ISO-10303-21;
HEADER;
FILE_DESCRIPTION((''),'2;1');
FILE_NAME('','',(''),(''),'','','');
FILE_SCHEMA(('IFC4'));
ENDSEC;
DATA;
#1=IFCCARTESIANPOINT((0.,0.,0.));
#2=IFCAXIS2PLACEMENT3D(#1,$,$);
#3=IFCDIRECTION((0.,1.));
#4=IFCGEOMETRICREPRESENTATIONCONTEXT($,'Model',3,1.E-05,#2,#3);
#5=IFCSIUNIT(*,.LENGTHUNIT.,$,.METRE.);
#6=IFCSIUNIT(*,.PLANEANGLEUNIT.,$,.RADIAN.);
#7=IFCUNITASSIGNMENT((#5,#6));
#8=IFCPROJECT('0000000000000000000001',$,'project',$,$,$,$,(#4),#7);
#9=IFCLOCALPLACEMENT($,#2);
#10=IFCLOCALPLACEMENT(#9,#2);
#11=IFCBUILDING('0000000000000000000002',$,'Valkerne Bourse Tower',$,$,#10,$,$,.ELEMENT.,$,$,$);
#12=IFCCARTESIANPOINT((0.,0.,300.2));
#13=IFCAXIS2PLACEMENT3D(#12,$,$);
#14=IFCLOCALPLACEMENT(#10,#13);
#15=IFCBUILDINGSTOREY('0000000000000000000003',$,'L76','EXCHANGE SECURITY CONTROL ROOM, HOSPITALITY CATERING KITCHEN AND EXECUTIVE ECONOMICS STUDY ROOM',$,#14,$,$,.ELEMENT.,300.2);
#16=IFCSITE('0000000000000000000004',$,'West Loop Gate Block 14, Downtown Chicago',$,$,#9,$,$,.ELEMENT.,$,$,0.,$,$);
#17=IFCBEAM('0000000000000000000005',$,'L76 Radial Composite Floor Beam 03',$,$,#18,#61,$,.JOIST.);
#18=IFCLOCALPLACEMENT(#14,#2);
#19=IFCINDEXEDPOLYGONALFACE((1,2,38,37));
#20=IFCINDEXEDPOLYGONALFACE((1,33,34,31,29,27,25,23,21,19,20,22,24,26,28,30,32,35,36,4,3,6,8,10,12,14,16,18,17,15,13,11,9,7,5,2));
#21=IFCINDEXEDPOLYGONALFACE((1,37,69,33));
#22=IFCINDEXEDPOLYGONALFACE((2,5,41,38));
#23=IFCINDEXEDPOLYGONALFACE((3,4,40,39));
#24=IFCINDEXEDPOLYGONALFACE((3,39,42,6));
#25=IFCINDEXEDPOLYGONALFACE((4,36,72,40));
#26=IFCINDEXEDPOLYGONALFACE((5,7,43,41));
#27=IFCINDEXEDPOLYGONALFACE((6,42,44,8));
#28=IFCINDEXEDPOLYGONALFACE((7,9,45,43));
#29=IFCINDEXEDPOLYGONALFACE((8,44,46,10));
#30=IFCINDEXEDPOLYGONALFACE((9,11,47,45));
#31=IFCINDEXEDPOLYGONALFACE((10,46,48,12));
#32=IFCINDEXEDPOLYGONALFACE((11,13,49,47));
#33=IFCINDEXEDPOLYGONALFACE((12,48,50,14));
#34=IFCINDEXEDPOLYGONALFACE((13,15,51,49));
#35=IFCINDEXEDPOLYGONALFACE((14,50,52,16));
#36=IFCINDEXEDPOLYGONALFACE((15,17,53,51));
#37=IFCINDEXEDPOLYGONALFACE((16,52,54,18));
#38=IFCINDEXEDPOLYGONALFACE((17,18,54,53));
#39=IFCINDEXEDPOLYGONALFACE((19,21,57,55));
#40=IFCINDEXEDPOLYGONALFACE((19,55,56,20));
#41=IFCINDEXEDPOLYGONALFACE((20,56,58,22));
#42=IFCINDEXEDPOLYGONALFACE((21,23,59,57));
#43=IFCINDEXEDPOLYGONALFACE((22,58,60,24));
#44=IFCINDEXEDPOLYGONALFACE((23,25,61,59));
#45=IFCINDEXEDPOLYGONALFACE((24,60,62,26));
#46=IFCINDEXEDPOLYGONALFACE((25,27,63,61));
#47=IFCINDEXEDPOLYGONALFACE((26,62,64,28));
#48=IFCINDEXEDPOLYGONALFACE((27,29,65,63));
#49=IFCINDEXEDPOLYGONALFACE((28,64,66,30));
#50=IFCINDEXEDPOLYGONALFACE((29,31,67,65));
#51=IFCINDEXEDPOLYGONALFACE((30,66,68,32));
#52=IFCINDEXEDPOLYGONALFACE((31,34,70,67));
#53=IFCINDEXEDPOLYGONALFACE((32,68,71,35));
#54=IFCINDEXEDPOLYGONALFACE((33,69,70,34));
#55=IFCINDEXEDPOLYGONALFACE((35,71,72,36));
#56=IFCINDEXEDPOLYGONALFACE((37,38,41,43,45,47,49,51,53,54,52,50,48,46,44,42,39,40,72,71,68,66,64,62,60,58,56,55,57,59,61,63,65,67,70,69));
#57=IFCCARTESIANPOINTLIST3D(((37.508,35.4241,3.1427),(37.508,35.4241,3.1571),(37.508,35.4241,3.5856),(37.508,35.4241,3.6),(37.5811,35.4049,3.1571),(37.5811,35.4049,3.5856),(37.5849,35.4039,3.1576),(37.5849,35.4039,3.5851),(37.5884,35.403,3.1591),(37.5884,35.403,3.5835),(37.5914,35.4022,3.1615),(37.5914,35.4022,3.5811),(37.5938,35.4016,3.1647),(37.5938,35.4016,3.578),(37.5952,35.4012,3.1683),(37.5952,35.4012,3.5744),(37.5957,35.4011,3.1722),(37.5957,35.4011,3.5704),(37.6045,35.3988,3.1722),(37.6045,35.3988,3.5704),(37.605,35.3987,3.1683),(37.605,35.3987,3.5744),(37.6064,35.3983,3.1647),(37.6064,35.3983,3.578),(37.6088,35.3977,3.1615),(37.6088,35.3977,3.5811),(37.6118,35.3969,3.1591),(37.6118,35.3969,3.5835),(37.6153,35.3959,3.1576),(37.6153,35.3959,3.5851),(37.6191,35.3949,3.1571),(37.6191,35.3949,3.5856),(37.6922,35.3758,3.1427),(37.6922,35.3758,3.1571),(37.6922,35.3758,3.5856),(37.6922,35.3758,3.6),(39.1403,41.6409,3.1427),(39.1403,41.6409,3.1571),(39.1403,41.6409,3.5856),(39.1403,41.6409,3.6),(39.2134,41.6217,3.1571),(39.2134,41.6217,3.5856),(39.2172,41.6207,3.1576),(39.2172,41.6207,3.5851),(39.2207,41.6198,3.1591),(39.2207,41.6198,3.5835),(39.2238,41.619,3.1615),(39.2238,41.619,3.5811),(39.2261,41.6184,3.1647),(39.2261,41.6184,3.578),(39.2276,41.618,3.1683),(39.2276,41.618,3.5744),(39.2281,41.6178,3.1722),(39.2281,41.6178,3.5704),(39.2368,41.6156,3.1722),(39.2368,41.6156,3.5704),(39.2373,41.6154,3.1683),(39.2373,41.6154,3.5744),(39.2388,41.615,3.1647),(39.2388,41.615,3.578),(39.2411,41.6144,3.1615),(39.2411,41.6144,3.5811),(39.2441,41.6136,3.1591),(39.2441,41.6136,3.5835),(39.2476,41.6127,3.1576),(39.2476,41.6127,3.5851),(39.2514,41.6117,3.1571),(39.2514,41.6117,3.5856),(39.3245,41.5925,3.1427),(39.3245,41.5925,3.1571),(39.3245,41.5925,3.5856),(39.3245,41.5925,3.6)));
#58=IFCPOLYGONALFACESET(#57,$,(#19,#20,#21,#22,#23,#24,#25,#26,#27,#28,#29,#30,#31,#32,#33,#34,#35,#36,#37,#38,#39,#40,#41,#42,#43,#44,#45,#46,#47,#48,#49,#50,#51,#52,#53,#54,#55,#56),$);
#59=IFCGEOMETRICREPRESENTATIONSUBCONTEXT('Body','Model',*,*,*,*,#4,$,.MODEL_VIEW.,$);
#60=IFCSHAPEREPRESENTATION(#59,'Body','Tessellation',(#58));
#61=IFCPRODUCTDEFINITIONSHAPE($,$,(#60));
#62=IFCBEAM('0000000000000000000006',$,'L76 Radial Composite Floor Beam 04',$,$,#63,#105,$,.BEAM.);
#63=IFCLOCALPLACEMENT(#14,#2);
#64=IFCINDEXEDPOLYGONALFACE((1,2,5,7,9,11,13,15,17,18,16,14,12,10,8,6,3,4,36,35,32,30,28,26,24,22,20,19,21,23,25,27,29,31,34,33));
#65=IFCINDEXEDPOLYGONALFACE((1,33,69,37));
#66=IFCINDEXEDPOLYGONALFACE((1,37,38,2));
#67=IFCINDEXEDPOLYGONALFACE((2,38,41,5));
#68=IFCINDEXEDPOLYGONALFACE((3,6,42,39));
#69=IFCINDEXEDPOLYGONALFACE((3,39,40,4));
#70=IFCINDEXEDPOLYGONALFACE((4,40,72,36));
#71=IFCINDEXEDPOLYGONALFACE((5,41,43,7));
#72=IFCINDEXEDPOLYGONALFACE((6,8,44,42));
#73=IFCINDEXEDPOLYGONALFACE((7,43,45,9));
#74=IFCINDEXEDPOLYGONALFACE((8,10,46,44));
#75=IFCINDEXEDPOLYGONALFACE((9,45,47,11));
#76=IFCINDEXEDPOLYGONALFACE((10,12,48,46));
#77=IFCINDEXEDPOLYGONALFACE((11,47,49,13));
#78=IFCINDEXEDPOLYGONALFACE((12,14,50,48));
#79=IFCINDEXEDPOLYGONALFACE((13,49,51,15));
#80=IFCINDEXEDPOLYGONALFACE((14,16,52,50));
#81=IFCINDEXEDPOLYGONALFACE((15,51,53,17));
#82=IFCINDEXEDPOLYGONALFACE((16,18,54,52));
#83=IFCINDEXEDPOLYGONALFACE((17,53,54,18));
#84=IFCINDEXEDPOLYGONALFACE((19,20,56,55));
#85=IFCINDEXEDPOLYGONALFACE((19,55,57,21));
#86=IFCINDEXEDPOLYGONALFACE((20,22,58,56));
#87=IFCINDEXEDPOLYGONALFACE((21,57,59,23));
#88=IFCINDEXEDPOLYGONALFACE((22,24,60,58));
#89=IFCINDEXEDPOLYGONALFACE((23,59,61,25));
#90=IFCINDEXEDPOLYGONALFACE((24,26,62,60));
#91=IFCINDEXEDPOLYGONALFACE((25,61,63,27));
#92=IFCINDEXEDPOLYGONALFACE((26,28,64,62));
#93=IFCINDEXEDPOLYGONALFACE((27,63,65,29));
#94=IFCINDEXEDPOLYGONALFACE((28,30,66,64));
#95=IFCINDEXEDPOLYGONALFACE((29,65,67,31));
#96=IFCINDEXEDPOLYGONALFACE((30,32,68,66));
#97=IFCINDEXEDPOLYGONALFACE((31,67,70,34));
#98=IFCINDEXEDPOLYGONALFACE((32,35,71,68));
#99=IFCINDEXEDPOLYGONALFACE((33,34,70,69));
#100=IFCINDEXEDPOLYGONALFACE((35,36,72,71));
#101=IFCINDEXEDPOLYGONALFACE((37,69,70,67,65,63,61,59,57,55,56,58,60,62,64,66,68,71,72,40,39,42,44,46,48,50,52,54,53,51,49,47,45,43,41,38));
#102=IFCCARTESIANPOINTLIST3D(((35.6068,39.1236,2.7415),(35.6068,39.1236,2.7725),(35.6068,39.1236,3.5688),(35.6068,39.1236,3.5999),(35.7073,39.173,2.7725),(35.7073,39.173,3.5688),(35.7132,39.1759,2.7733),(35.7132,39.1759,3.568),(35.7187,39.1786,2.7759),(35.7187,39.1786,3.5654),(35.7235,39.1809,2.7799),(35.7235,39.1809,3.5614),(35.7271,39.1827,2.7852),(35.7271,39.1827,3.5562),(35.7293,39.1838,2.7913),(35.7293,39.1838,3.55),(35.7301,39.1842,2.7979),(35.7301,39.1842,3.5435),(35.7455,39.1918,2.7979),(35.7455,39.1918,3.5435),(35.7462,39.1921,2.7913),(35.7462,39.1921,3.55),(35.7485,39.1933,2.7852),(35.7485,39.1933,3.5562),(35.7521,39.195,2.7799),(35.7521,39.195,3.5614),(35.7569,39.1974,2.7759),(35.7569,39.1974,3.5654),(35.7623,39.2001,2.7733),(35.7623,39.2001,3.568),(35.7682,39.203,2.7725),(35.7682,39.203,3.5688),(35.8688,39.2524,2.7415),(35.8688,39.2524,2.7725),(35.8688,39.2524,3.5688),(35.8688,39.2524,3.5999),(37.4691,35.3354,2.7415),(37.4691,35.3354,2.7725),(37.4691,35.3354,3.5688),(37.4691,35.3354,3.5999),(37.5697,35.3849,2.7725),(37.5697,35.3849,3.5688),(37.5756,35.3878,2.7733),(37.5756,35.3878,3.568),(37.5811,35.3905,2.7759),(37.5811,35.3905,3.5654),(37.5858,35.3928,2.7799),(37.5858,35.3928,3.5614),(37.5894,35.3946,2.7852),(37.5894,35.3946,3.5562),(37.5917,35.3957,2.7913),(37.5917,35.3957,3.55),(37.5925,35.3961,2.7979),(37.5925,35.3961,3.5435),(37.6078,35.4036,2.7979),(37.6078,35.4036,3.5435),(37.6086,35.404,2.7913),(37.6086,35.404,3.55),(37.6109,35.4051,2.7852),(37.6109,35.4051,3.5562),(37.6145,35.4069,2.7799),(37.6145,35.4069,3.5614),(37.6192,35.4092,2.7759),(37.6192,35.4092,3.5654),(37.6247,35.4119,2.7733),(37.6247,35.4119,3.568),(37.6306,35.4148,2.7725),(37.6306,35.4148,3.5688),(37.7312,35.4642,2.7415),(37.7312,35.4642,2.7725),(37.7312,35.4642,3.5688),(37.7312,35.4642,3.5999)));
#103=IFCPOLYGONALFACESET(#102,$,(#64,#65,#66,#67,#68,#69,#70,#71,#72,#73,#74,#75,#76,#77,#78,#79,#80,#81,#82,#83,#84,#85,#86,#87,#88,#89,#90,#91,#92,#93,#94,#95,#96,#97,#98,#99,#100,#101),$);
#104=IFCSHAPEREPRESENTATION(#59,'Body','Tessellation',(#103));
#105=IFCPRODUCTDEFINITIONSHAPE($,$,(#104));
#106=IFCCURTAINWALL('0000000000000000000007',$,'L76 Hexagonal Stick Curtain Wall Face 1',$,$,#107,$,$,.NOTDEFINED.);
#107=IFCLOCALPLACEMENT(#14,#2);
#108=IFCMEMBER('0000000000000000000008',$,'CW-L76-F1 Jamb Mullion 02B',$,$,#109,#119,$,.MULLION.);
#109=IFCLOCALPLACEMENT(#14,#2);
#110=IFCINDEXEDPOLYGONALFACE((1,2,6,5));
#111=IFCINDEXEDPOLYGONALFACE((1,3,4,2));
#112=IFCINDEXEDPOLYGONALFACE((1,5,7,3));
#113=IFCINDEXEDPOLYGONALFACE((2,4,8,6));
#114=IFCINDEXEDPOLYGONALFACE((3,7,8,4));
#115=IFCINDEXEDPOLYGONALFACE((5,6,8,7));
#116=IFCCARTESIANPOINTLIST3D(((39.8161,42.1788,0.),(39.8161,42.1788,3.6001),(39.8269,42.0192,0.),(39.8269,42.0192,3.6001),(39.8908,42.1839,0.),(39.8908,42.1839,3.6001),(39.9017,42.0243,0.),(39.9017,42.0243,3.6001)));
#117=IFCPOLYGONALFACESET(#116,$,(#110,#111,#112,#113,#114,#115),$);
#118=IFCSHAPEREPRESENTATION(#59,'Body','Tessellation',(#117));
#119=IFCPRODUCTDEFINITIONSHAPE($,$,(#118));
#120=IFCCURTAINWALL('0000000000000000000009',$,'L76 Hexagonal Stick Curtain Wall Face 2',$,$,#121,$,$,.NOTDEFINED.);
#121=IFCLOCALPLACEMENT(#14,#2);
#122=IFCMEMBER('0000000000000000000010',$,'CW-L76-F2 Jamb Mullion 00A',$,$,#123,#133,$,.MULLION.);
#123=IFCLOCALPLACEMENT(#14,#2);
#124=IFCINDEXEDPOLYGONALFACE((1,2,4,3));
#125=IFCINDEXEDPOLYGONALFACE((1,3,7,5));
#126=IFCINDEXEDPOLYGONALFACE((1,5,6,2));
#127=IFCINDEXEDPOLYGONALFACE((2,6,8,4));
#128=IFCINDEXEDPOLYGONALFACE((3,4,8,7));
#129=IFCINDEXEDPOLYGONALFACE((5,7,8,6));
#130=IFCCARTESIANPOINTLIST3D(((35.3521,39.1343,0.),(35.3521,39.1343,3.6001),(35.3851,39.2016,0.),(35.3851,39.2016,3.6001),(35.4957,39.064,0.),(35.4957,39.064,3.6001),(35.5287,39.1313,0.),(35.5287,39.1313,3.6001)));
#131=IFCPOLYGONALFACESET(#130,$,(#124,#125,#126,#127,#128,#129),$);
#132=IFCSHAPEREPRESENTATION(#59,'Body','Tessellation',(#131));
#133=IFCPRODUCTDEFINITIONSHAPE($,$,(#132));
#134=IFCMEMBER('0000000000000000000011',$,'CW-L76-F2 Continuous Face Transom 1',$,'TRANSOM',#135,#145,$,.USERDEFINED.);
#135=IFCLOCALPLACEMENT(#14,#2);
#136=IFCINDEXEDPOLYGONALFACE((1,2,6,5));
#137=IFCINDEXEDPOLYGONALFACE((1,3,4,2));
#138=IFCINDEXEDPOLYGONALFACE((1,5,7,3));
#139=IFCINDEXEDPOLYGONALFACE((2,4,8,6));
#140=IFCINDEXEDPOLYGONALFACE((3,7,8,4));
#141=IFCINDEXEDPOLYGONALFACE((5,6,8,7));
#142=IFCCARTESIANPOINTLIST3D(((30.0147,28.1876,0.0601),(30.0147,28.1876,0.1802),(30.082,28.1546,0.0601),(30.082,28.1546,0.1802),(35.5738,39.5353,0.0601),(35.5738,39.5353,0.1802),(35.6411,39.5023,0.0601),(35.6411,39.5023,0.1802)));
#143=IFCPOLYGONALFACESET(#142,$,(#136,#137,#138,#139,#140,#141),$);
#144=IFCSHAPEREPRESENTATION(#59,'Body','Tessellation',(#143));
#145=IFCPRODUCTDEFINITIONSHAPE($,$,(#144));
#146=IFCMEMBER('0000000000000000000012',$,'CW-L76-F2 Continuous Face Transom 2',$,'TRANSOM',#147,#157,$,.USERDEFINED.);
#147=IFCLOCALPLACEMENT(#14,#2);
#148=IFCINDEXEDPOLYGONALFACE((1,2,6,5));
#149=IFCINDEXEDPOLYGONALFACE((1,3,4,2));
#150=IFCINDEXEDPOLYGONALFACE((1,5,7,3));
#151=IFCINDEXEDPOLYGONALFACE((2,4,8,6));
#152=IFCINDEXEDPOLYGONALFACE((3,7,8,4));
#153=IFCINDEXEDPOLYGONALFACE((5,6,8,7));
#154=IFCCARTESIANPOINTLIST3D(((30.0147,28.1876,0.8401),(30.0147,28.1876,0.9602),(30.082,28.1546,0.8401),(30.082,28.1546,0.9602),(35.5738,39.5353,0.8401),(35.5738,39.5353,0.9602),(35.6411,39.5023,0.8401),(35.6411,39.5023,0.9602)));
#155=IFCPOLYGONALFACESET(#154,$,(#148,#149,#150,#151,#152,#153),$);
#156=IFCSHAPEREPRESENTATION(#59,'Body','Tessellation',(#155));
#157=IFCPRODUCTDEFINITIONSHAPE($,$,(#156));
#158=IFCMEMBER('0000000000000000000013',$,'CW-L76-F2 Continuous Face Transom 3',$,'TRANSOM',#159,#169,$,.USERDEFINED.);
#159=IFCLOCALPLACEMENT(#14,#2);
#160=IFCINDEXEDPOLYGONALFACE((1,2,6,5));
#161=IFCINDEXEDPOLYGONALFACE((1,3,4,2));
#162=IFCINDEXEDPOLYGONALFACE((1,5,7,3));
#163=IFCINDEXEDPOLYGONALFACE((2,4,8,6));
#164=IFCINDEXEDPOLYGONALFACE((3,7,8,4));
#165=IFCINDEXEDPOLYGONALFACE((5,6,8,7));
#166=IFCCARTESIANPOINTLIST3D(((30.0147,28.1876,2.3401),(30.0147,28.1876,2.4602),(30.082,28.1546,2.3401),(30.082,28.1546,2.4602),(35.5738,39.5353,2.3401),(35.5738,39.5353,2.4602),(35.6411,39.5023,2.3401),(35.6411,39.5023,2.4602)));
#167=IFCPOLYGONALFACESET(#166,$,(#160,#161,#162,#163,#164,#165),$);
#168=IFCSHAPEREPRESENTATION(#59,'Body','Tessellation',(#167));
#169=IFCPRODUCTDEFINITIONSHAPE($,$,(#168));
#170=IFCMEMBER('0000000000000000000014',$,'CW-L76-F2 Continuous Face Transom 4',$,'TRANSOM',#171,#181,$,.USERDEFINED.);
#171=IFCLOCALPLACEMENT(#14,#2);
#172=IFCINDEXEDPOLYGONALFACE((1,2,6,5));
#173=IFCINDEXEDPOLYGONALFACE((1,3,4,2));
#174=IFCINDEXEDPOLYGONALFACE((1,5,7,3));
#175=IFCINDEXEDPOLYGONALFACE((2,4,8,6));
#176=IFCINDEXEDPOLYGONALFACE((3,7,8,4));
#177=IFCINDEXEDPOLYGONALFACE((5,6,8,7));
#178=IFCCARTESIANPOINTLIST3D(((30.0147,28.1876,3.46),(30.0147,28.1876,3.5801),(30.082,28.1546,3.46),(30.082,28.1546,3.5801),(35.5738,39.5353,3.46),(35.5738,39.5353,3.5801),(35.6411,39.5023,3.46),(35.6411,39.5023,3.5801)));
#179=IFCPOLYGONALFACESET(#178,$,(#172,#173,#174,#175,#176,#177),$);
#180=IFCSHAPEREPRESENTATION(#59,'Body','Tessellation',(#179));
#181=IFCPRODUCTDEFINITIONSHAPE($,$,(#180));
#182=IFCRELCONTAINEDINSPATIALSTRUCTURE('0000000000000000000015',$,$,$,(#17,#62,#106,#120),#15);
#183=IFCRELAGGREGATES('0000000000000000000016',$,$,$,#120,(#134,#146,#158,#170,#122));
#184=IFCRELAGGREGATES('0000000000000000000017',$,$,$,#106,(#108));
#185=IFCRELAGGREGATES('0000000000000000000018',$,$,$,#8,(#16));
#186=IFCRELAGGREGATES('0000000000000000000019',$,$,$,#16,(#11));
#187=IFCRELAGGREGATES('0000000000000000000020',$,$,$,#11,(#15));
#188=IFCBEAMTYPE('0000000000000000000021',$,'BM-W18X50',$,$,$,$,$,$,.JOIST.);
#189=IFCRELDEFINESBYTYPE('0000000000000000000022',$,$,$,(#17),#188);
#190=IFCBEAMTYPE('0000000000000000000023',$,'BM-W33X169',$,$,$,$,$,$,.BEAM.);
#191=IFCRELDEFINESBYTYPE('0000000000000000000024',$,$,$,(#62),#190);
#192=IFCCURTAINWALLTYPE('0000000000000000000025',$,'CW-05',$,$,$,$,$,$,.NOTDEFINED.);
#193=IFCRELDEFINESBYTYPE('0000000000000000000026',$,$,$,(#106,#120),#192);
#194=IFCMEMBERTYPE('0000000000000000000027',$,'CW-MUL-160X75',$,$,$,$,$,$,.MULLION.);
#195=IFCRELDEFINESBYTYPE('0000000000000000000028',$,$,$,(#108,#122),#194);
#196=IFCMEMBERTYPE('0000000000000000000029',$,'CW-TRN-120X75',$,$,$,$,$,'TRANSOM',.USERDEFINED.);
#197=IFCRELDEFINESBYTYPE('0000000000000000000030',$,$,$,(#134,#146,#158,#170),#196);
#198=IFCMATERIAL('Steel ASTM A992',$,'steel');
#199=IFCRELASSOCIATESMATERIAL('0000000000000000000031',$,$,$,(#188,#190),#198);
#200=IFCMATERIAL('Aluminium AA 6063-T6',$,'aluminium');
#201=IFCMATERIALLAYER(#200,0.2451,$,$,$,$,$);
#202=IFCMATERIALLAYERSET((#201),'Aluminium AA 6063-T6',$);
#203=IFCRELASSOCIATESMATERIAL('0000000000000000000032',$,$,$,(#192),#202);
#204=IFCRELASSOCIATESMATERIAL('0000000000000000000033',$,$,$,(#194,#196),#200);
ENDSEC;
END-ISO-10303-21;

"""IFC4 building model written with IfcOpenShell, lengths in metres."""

from ifc_helpers import new_model, si_unit, direction, frame, origin, origin_2d, place, context, subcontext, project, spatial, rectangle, i_section, extrude, material, layer, layer_set, material_profile, profile_set, type_object, element, aggregate, save


model = new_model("IFC4")

# Units and contexts
model_context = context("Model", 3, precision=1e-05, world=origin(), true_north=direction((0.0, 1.0)))
body_context = subcontext(model_context, "Body", "Model", "MODEL_VIEW")
ifc_project = project(units=[si_unit("LENGTHUNIT", "METRE"), si_unit("PLANEANGLEUNIT", "RADIAN")], contexts=[model_context])

# Site, building, storey
site_placement = place(None, origin())
site = spatial("IfcSite", under=ifc_project, at=site_placement, Name="West Loop Gate Block 14, Downtown Chicago", CompositionType="ELEMENT", RefElevation=0.0)
building_placement = place(site_placement, origin())
building = spatial("IfcBuilding", under=site, at=building_placement, Name="Valkerne Bourse Tower", CompositionType="ELEMENT")
storey_placement = place(building_placement, frame((0.0, 0.0, 300.2)))
storey = spatial("IfcBuildingStorey", under=building, at=storey_placement, Name="L76", Description="EXCHANGE SECURITY CONTROL ROOM, HOSPITALITY CATERING KITCHEN AND EXECUTIVE ECONOMICS STUDY ROOM", CompositionType="ELEMENT", Elevation=300.2)

# Beams
ifc_material_1 = material(Name="Steel ASTM A992", Category="steel")
ifc_material_profile_1 = material_profile(ifc_material_1, i_section(OverallWidth=0.1904, OverallDepth=0.4573, WebThickness=0.009, FlangeThickness=0.0144, FilletRadius=0.0151, at=origin_2d()), Name="W18X50")
ifc_profile_set_1 = profile_set([ifc_material_profile_1], Name="Steel ASTM A992")
beam_type_1 = type_object("IfcBeamType", Name="BM-W18X50", PredefinedType="JOIST", material=ifc_profile_set_1)
beam_1_placement = place(storey_placement, frame((39.2324, 41.6167, 3.3713), z_axis=(-0.253959, -0.967215, 0.0), x_axis=(0.967215, -0.253959, 0.0)))
element("IfcBeam", 1, at=beam_1_placement, inside=storey, type_object=beam_type_1, Name="L76 Radial Composite Floor Beam 03", PredefinedType="JOIST", context=body_context, shape_type="SweptSolid", body=[
    extrude(i_section(OverallWidth=0.1904, OverallDepth=0.4573, WebThickness=0.009, FlangeThickness=0.0144, FilletRadius=0.0151, at=origin_2d()), origin(), (0.0, 0.0, 1.0), 6.4275),
])
ifc_material_profile_2 = material_profile(ifc_material_1, i_section(OverallWidth=0.292, OverallDepth=0.8584, WebThickness=0.0171, FlangeThickness=0.031, FilletRadius=0.0254, at=origin_2d()), Name="W33X169")
ifc_profile_set_2 = profile_set([ifc_material_profile_2], Name="Steel ASTM A992")
beam_type_2 = type_object("IfcBeamType", Name="BM-W33X169", PredefinedType="BEAM", material=ifc_profile_set_2)
beam_2_placement = place(storey_placement, frame((35.7378, 39.188, 3.1707), z_axis=(0.441188, -0.897415, 0.0), x_axis=(0.897415, 0.441188, 0.0)))
element("IfcBeam", 2, at=beam_2_placement, inside=storey, type_object=beam_type_2, Name="L76 Radial Composite Floor Beam 04", PredefinedType="BEAM", context=body_context, shape_type="SweptSolid", body=[
    extrude(i_section(OverallWidth=0.292, OverallDepth=0.8584, WebThickness=0.0171, FlangeThickness=0.031, FilletRadius=0.0254, at=origin_2d()), origin(), (0.0, 0.0, 1.0), 4.2212),
])

# Curtain wall, member
ifc_material_2 = material(Name="Aluminium AA 6063-T6", Category="aluminium")
ifc_layer_1 = layer(ifc_material_2, 0.2451)
ifc_layer_set_1 = layer_set([ifc_layer_1], Name="Aluminium AA 6063-T6")
curtain_wall_type = type_object("IfcCurtainWallType", Name="CW-05", PredefinedType="NOTDEFINED", material=ifc_layer_set_1)
curtain_wall_1_placement = place(storey_placement, origin())
curtain_wall_1 = element("IfcCurtainWall", 3, at=curtain_wall_1_placement, inside=storey, type_object=curtain_wall_type, Name="L76 Hexagonal Stick Curtain Wall Face 1", PredefinedType="NOTDEFINED")
ifc_material_profile_3 = material_profile(ifc_material_2, rectangle(XDim=0.075, YDim=0.1599, at=origin_2d()), Name="CWM-75X160")
ifc_profile_set_3 = profile_set([ifc_material_profile_3], Name="Aluminium AA 6063-T6")
member_type_1 = type_object("IfcMemberType", Name="CW-MUL-160X75", PredefinedType="MULLION", material=ifc_profile_set_3)
member_1_placement = place(storey_placement, frame((39.8589, 42.1016, 0.0), z_axis=(0.0, 0.0, 1.0), x_axis=(-0.997684, -0.068021, 0.0)))
member_1 = element("IfcMember", 4, at=member_1_placement, type_object=member_type_1, Name="CW-L76-F1 Jamb Mullion 02B", PredefinedType="MULLION", context=body_context, shape_type="SweptSolid", body=[
    extrude(rectangle(XDim=0.075, YDim=0.1599, at=origin_2d()), origin(), (0.0, 0.0, 1.0), 3.6001),
])

# Curtain wall, members
curtain_wall_2_placement = place(storey_placement, origin())
curtain_wall_2 = element("IfcCurtainWall", 5, at=curtain_wall_2_placement, inside=storey, type_object=curtain_wall_type, Name="L76 Hexagonal Stick Curtain Wall Face 2", PredefinedType="NOTDEFINED")
member_2_placement = place(storey_placement, frame((35.4404, 39.1328, 0.0), z_axis=(0.0, 0.0, 1.0), x_axis=(-0.439934, -0.89803, 0.0)))
member_2 = element("IfcMember", 6, at=member_2_placement, type_object=member_type_1, Name="CW-L76-F2 Jamb Mullion 00A", PredefinedType="MULLION", context=body_context, shape_type="SweptSolid", body=[
    extrude(rectangle(XDim=0.075, YDim=0.1599, at=origin_2d()), origin(), (0.0, 0.0, 1.0), 3.6001),
])
ifc_material_profile_4 = material_profile(ifc_material_2, rectangle(XDim=0.075, YDim=0.1201, at=origin_2d()), Name="CWT-75X120")
ifc_profile_set_4 = profile_set([ifc_material_profile_4], Name="Aluminium AA 6063-T6")
member_type_2 = type_object("IfcMemberType", Name="CW-TRN-120X75", ElementType="TRANSOM", PredefinedType="USERDEFINED", material=ifc_profile_set_4)
member_3_placement = place(storey_placement, frame((35.6074, 39.5188, 0.1201), z_axis=(-0.439934, -0.89803, 0.0), x_axis=(0.89803, -0.439934, 0.0)))
member_3 = element("IfcMember", 7, at=member_3_placement, type_object=member_type_2, Name="CW-L76-F2 Continuous Face Transom 1", ObjectType="TRANSOM", PredefinedType="USERDEFINED", context=body_context, shape_type="SweptSolid", body=[
    extrude(rectangle(XDim=0.075, YDim=0.1201, at=origin_2d()), origin(), (0.0, 0.0, 1.0), 12.6362),
])
member_4_placement = place(storey_placement, frame((35.6074, 39.5188, 0.9001), z_axis=(-0.439934, -0.89803, 0.0), x_axis=(0.89803, -0.439934, 0.0)))
member_4 = element("IfcMember", 8, at=member_4_placement, type_object=member_type_2, Name="CW-L76-F2 Continuous Face Transom 2", ObjectType="TRANSOM", PredefinedType="USERDEFINED", context=body_context, shape_type="SweptSolid", body=[
    extrude(rectangle(XDim=0.075, YDim=0.1201, at=origin_2d()), origin(), (0.0, 0.0, 1.0), 12.6362),
])
member_5_placement = place(storey_placement, frame((35.6074, 39.5188, 2.4001), z_axis=(-0.439934, -0.89803, 0.0), x_axis=(0.89803, -0.439934, 0.0)))
member_5 = element("IfcMember", 9, at=member_5_placement, type_object=member_type_2, Name="CW-L76-F2 Continuous Face Transom 3", ObjectType="TRANSOM", PredefinedType="USERDEFINED", context=body_context, shape_type="SweptSolid", body=[
    extrude(rectangle(XDim=0.075, YDim=0.1201, at=origin_2d()), origin(), (0.0, 0.0, 1.0), 12.6362),
])
member_6_placement = place(storey_placement, frame((35.6074, 39.5188, 3.52), z_axis=(-0.439934, -0.89803, 0.0), x_axis=(0.89803, -0.439934, 0.0)))
member_6 = element("IfcMember", 10, at=member_6_placement, type_object=member_type_2, Name="CW-L76-F2 Continuous Face Transom 4", ObjectType="TRANSOM", PredefinedType="USERDEFINED", context=body_context, shape_type="SweptSolid", body=[
    extrude(rectangle(XDim=0.075, YDim=0.1201, at=origin_2d()), origin(), (0.0, 0.0, 1.0), 12.6362),
])
aggregate(curtain_wall_2, [member_3, member_4, member_5, member_6, member_2])

aggregate(curtain_wall_1, [member_1])

save(model, "model.ifc")
